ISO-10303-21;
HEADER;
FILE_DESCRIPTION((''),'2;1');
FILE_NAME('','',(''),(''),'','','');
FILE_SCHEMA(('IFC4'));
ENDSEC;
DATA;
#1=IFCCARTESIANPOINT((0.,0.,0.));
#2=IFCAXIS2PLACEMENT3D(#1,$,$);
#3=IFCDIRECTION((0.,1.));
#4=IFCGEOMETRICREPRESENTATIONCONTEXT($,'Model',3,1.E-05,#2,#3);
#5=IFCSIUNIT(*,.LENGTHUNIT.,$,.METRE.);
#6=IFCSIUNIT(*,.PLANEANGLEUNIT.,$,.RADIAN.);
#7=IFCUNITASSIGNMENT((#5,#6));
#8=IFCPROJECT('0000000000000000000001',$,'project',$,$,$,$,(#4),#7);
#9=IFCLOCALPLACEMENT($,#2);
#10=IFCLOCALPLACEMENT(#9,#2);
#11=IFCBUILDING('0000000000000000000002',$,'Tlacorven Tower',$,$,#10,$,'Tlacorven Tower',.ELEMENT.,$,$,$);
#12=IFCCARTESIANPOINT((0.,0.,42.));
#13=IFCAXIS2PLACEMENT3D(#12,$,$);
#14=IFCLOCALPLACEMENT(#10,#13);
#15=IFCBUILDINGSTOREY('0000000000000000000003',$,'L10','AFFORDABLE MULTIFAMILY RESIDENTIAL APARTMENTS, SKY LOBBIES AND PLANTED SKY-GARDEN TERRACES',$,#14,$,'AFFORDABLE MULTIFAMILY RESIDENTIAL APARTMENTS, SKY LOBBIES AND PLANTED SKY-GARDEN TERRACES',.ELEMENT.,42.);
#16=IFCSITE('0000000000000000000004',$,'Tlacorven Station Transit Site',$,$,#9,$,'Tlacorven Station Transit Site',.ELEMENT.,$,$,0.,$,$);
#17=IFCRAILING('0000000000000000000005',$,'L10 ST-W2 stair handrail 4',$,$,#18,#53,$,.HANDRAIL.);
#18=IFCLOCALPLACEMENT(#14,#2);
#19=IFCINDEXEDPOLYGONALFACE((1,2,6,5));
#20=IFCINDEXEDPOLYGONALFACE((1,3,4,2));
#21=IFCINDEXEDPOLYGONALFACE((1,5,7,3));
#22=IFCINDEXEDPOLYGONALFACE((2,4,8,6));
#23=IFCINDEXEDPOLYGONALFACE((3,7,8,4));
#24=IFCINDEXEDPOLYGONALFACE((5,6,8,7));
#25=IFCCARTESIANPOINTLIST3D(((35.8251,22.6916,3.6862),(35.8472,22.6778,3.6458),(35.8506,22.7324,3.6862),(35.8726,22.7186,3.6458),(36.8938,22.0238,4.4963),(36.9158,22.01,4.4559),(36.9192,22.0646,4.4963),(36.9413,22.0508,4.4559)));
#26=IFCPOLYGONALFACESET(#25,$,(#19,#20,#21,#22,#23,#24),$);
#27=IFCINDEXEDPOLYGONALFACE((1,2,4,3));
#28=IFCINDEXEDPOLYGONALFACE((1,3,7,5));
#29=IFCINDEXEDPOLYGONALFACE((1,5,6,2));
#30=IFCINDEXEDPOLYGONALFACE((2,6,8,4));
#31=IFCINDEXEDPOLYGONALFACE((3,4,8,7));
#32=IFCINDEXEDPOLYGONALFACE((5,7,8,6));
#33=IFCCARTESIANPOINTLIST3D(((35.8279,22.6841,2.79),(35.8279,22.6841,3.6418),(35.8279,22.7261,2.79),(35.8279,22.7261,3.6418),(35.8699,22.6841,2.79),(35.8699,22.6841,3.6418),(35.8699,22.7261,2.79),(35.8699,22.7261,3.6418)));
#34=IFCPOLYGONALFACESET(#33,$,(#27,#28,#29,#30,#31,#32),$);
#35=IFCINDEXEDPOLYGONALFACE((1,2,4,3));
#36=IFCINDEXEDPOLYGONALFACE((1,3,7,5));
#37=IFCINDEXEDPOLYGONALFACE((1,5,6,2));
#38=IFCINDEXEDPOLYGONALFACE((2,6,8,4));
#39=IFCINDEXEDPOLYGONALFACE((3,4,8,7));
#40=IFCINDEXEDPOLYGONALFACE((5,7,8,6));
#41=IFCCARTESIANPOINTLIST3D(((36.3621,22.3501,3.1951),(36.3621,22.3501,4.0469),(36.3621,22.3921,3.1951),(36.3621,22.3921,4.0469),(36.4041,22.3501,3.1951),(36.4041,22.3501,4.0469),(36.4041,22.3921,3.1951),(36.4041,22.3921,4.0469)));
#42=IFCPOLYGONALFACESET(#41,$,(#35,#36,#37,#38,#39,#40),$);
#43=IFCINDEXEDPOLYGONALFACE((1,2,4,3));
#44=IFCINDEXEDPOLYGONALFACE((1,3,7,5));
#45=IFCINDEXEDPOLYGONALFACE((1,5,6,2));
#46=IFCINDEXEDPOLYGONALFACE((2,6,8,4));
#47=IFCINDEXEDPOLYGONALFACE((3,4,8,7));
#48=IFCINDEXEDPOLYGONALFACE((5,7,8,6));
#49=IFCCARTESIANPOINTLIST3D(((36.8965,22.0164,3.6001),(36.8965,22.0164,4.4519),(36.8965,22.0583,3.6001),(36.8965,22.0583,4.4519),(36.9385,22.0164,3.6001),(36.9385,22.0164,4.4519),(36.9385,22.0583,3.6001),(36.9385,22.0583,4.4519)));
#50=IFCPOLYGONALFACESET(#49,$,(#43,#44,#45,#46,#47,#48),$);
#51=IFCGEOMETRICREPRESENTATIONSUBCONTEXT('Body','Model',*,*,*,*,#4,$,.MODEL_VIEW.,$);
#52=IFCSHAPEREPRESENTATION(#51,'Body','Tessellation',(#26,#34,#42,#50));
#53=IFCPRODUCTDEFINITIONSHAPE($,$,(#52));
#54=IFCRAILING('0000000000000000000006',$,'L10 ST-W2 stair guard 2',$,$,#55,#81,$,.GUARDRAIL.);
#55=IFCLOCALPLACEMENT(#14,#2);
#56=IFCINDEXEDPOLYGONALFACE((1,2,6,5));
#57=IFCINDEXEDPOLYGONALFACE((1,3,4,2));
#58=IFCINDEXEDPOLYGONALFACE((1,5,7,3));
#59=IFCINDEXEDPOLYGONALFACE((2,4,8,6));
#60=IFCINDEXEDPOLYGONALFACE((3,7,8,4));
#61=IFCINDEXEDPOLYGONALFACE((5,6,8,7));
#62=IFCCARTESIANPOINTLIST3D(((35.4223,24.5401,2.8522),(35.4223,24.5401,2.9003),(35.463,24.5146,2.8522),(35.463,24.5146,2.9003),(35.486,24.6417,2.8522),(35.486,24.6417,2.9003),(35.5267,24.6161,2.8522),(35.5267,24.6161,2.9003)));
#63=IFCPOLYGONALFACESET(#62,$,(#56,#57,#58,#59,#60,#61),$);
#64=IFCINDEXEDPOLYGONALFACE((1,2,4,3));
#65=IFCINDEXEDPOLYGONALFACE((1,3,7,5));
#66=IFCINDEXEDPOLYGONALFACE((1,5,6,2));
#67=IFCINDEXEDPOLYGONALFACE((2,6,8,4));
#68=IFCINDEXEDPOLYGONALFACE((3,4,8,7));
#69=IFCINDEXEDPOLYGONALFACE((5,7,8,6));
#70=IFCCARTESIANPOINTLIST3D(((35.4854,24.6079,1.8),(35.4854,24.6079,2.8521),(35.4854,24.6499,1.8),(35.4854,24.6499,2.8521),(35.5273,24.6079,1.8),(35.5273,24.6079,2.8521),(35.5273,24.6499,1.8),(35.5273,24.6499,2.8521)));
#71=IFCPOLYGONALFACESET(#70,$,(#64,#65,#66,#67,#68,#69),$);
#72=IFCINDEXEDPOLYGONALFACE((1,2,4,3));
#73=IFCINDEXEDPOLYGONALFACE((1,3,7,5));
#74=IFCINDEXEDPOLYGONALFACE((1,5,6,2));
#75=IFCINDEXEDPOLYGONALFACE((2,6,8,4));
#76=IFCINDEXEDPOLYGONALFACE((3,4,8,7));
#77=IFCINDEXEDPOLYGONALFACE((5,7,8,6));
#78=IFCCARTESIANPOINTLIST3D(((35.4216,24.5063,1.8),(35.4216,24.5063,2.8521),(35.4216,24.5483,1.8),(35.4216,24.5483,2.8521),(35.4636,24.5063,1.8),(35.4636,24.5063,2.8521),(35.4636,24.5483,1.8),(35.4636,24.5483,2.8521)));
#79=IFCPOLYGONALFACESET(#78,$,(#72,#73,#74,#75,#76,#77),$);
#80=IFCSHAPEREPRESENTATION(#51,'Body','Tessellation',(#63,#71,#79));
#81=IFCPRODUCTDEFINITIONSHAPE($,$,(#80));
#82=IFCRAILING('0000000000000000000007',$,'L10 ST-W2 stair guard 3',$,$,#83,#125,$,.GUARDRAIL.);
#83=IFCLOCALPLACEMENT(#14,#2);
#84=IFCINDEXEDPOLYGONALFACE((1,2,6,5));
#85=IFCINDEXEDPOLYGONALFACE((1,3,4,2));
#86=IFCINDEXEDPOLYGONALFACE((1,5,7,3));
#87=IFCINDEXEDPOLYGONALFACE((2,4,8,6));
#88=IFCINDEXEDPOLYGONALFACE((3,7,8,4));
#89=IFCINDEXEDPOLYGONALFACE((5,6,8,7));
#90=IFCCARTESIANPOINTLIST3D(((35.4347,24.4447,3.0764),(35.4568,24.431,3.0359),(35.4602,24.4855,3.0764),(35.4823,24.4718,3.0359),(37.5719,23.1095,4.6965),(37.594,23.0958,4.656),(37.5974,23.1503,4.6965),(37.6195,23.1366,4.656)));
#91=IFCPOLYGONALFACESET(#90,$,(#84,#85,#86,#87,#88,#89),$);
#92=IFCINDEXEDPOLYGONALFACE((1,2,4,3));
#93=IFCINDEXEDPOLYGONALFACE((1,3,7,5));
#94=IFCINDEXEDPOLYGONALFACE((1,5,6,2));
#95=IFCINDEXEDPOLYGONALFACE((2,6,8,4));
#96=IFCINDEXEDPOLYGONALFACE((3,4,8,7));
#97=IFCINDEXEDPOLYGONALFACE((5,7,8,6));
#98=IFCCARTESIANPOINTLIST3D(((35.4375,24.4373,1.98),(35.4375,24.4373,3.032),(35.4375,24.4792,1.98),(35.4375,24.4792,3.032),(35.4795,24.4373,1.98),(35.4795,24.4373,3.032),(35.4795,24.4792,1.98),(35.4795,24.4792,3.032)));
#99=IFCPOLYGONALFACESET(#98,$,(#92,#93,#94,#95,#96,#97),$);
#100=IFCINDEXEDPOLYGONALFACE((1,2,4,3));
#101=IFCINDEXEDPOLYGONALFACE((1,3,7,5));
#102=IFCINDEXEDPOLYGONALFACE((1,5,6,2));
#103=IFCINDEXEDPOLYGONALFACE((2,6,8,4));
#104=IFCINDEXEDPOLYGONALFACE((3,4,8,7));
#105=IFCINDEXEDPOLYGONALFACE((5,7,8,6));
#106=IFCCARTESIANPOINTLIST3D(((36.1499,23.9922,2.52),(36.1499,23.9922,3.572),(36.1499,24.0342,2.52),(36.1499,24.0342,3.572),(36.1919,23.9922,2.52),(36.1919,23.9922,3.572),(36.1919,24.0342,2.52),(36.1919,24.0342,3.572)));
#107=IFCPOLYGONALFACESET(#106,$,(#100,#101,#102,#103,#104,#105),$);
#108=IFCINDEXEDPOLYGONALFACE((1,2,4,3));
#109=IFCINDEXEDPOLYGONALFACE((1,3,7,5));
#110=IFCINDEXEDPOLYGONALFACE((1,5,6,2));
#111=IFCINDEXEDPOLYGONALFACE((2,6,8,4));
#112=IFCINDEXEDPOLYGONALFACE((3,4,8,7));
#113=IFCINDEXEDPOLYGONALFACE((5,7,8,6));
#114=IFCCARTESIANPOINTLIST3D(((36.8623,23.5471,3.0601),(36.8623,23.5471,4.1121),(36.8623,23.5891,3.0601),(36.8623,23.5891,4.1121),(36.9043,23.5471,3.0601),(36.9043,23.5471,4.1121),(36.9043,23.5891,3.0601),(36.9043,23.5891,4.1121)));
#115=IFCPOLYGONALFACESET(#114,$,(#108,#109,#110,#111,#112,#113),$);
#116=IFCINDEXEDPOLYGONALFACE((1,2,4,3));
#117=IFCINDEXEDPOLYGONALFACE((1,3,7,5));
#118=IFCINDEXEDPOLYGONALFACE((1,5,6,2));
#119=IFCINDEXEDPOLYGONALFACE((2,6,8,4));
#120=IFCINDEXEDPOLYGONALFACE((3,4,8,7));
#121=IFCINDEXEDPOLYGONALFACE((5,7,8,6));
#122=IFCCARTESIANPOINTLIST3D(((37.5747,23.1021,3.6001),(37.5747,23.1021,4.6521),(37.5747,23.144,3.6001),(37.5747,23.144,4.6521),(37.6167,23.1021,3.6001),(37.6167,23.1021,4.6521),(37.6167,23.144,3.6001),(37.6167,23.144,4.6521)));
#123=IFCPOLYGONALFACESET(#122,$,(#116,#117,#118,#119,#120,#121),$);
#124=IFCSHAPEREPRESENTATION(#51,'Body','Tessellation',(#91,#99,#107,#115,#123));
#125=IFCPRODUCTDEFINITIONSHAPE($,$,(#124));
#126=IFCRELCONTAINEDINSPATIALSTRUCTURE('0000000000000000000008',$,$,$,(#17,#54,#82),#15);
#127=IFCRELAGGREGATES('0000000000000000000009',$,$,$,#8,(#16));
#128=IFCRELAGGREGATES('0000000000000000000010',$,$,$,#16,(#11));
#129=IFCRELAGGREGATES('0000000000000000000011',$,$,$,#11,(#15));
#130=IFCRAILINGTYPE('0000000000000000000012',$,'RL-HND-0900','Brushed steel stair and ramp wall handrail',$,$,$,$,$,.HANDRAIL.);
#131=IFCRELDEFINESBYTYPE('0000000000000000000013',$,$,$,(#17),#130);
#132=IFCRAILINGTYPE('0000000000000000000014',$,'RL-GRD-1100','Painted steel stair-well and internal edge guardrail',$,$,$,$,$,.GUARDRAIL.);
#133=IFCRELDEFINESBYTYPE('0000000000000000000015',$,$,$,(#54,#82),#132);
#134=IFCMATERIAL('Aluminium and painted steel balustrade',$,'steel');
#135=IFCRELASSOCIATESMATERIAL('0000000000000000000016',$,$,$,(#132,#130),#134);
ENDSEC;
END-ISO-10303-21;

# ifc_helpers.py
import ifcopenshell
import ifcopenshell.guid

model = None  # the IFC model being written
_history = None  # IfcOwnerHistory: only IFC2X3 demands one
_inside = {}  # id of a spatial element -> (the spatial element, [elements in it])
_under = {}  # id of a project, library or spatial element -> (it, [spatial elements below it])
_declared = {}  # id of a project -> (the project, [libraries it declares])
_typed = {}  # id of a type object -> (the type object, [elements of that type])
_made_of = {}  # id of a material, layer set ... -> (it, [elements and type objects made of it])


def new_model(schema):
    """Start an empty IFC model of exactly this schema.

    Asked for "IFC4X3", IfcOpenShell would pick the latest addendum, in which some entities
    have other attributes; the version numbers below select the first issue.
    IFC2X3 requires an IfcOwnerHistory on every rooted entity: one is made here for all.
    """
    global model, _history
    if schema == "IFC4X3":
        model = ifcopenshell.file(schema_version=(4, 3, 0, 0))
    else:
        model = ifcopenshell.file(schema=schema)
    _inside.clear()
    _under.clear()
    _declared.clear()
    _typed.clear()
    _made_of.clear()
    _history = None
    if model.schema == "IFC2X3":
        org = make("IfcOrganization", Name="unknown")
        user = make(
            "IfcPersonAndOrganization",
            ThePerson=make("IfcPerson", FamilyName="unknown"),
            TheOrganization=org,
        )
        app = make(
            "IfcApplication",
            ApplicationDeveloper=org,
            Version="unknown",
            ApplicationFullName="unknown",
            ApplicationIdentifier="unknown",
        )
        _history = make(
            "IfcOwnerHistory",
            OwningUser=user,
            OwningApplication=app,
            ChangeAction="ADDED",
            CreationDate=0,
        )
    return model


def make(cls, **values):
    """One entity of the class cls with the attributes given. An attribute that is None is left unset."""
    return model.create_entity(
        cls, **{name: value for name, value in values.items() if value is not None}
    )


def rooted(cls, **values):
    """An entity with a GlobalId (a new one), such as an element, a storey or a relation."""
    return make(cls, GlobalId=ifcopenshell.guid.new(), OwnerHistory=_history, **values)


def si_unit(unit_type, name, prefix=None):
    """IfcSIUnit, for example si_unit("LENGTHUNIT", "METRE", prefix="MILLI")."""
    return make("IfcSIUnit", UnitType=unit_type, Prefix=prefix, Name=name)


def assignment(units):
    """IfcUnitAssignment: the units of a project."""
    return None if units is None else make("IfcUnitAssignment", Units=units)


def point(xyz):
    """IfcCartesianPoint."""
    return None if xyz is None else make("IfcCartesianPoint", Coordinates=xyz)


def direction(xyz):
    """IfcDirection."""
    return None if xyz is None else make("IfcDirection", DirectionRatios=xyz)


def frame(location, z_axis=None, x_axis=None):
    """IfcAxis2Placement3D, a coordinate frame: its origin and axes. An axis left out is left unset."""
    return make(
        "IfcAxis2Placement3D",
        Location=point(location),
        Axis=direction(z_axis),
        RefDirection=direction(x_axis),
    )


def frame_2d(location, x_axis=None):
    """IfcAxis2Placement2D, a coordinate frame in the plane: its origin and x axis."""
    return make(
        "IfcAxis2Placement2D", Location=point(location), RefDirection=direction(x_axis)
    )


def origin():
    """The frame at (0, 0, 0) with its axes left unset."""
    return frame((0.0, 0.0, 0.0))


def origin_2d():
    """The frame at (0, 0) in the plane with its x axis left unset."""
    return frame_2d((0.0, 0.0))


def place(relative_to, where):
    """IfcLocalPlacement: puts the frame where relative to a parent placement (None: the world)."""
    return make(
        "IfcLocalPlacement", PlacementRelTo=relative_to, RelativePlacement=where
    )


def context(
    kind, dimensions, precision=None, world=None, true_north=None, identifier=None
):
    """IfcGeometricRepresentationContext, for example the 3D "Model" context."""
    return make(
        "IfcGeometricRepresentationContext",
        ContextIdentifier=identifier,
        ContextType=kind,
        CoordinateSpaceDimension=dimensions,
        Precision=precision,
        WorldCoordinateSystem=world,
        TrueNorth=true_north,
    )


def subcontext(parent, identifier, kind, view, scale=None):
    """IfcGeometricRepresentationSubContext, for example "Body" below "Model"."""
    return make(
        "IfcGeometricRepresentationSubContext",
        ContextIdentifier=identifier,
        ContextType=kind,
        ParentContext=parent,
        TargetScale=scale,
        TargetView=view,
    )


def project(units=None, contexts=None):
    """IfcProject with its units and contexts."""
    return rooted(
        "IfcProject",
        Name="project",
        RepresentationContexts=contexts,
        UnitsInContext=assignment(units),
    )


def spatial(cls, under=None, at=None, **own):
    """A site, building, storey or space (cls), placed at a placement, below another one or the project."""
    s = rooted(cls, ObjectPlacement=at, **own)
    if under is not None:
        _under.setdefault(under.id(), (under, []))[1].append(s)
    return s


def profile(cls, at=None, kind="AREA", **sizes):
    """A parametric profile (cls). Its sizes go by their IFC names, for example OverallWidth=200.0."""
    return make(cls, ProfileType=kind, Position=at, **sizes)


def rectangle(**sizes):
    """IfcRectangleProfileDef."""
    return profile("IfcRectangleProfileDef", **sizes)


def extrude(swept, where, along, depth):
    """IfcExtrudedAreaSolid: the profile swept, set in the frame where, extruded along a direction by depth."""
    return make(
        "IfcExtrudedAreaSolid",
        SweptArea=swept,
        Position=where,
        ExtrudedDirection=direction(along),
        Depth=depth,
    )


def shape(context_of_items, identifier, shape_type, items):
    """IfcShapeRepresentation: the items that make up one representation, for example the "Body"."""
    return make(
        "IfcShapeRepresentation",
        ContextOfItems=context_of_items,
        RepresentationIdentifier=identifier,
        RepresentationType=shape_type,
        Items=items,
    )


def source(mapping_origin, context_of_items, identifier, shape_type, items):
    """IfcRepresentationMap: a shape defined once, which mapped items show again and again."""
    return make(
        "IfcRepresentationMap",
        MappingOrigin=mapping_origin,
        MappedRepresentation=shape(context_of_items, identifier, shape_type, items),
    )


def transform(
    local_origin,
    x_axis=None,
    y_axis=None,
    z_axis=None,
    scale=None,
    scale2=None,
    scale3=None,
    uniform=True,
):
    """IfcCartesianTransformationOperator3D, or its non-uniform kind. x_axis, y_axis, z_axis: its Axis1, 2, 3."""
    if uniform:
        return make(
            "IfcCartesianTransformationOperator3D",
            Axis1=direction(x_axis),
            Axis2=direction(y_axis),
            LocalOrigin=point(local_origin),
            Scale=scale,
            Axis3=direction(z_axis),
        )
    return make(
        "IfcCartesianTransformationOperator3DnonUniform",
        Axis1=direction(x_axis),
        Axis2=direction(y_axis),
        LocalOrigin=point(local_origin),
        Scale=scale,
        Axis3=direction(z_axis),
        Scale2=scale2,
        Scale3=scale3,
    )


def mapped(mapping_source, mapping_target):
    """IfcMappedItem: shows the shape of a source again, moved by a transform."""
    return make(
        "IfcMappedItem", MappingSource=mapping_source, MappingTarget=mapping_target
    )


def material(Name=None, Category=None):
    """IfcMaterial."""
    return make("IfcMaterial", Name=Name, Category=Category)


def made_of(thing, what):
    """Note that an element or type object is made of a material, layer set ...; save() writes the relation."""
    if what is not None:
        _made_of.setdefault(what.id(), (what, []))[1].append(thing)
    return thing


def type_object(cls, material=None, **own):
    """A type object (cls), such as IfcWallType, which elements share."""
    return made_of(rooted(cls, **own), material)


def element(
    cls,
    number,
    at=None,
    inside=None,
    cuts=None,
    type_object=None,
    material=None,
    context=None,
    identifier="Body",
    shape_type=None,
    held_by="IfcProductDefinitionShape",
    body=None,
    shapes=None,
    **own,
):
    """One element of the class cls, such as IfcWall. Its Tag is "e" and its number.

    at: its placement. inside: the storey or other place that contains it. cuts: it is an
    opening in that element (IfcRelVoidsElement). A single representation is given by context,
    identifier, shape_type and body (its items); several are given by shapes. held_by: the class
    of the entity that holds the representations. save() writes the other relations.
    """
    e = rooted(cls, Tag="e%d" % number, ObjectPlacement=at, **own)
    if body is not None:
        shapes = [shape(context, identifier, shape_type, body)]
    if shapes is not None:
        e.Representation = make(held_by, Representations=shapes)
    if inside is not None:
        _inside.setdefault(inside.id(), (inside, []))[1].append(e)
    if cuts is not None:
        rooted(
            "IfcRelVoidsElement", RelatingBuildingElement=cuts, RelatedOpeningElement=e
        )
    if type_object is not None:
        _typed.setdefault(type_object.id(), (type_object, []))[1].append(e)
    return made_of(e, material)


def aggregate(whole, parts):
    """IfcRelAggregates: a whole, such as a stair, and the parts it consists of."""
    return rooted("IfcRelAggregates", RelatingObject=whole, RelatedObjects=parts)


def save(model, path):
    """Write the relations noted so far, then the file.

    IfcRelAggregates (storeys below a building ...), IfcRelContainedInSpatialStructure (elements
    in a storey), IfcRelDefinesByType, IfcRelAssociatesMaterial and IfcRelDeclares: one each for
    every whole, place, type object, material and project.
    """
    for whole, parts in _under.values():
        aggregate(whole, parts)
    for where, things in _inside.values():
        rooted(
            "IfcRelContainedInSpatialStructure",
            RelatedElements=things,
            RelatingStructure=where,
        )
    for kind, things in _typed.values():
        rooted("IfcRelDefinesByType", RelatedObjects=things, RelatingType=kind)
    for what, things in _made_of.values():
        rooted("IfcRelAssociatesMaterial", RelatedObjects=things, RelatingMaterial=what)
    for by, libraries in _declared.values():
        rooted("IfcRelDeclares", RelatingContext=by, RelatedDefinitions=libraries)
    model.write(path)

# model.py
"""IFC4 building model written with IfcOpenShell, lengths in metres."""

from ifc_helpers import new_model, si_unit, direction, frame, origin, origin_2d, place, context, subcontext, project, spatial, rectangle, extrude, source, transform, mapped, material, type_object, element, save


model = new_model("IFC4")

# Units and contexts
model_context = context("Model", 3, precision=1e-05, world=origin(), true_north=direction((0.0, 1.0)))
body_context = subcontext(model_context, "Body", "Model", "MODEL_VIEW")
ifc_project = project(units=[si_unit("LENGTHUNIT", "METRE"), si_unit("PLANEANGLEUNIT", "RADIAN")], contexts=[model_context])

# Site, building, storey
site_placement = place(None, origin())
site = spatial("IfcSite", under=ifc_project, at=site_placement, Name="Tlacorven Station Transit Site", LongName="Tlacorven Station Transit Site", CompositionType="ELEMENT", RefElevation=0.0)
building_placement = place(site_placement, origin())
building = spatial("IfcBuilding", under=site, at=building_placement, Name="Tlacorven Tower", LongName="Tlacorven Tower", CompositionType="ELEMENT")
storey_placement = place(building_placement, frame((0.0, 0.0, 42.0)))
storey = spatial("IfcBuildingStorey", under=building, at=storey_placement, Name="L10", Description="AFFORDABLE MULTIFAMILY RESIDENTIAL APARTMENTS, SKY LOBBIES AND PLANTED SKY-GARDEN TERRACES", LongName="AFFORDABLE MULTIFAMILY RESIDENTIAL APARTMENTS, SKY LOBBIES AND PLANTED SKY-GARDEN TERRACES", CompositionType="ELEMENT", Elevation=42.0)

# Railings
ifc_material_1 = material(Name="Aluminium and painted steel balustrade", Category="steel")
railing_type_1 = type_object("IfcRailingType", Name="RL-GRD-1100", Description="Painted steel stair-well and internal edge guardrail", PredefinedType="GUARDRAIL", material=ifc_material_1)
railing_type_2 = type_object("IfcRailingType", Name="RL-HND-0900", Description="Brushed steel stair and ramp wall handrail", PredefinedType="HANDRAIL", material=ifc_material_1)
shared_shape_1 = source(origin(), body_context, "Body", "SweptSolid", [
    extrude(rectangle(XDim=0.0481, YDim=0.0481, at=origin_2d()), frame((0.0, 0.0, 0.876), z_axis=(0.71336, -0.445748, 0.540765), x_axis=(0.529912, 0.848053, 0.0)), (0.0, 0.0, 1.0), 1.498),
    extrude(rectangle(XDim=0.042, YDim=0.042, at=origin_2d()), origin(), (0.0, 0.0, 1.0), 0.8518),
    extrude(rectangle(XDim=0.042, YDim=0.042, at=origin_2d()), frame((0.5342, -0.334, 0.405)), (0.0, 0.0, 1.0), 0.8518),
    extrude(rectangle(XDim=0.042, YDim=0.042, at=origin_2d()), frame((1.0686, -0.6677, 0.8101)), (0.0, 0.0, 1.0), 0.8518),
])
railing_1_placement = place(storey_placement, frame((35.8489, 22.7051, 2.79)))
element("IfcRailing", 1, at=railing_1_placement, inside=storey, type_object=railing_type_2, Name="L10 ST-W2 stair handrail 4", PredefinedType="HANDRAIL", context=body_context, shape_type="MappedRepresentation", body=[
    mapped(shared_shape_1, transform((0.0, 0.0, 0.0), scale=1.0)),
])
shared_shape_2 = source(origin(), body_context, "Body", "SweptSolid", [
    extrude(rectangle(XDim=0.0481, YDim=0.0481, at=origin_2d()), frame((0.0, 0.0, 1.0762), z_axis=(-0.531462, -0.847082, 0.0), x_axis=(0.847082, -0.531462, 0.0)), (0.0, 0.0, 1.0), 0.1199),
    extrude(rectangle(XDim=0.042, YDim=0.042, at=origin_2d()), origin(), (0.0, 0.0, 1.0), 1.052),
    extrude(rectangle(XDim=0.042, YDim=0.042, at=origin_2d()), frame((-0.0637, -0.1016, 0.0)), (0.0, 0.0, 1.0), 1.052),
])
railing_2_placement = place(storey_placement, frame((35.5063, 24.6289, 1.8)))
element("IfcRailing", 2, at=railing_2_placement, inside=storey, type_object=railing_type_1, Name="L10 ST-W2 stair guard 2", PredefinedType="GUARDRAIL", context=body_context, shape_type="MappedRepresentation", body=[
    mapped(shared_shape_2, transform((0.0, 0.0, 0.0), scale=1.0)),
])
shared_shape_3 = source(origin(), body_context, "Body", "SweptSolid", [
    extrude(rectangle(XDim=0.0481, YDim=0.0481, at=origin_2d()), frame((0.0, 0.0, 1.0762), z_axis=(0.713386, -0.445683, 0.540784), x_axis=(0.529842, 0.848096, 0.0)), (0.0, 0.0, 1.0), 2.9958),
    extrude(rectangle(XDim=0.042, YDim=0.042, at=origin_2d()), origin(), (0.0, 0.0, 1.0), 1.052),
    extrude(rectangle(XDim=0.042, YDim=0.042, at=origin_2d()), frame((0.7124, -0.4451, 0.54)), (0.0, 0.0, 1.0), 1.052),
    extrude(rectangle(XDim=0.042, YDim=0.042, at=origin_2d()), frame((1.4248, -0.8901, 1.0801)), (0.0, 0.0, 1.0), 1.052),
    extrude(rectangle(XDim=0.042, YDim=0.042, at=origin_2d()), frame((2.1372, -1.3352, 1.6201)), (0.0, 0.0, 1.0), 1.052),
])
railing_3_placement = place(storey_placement, frame((35.4585, 24.4583, 1.98)))
element("IfcRailing", 3, at=railing_3_placement, inside=storey, type_object=railing_type_1, Name="L10 ST-W2 stair guard 3", PredefinedType="GUARDRAIL", context=body_context, shape_type="MappedRepresentation", body=[
    mapped(shared_shape_3, transform((0.0, 0.0, 0.0), scale=1.0)),
])

save(model, "model.ifc")
